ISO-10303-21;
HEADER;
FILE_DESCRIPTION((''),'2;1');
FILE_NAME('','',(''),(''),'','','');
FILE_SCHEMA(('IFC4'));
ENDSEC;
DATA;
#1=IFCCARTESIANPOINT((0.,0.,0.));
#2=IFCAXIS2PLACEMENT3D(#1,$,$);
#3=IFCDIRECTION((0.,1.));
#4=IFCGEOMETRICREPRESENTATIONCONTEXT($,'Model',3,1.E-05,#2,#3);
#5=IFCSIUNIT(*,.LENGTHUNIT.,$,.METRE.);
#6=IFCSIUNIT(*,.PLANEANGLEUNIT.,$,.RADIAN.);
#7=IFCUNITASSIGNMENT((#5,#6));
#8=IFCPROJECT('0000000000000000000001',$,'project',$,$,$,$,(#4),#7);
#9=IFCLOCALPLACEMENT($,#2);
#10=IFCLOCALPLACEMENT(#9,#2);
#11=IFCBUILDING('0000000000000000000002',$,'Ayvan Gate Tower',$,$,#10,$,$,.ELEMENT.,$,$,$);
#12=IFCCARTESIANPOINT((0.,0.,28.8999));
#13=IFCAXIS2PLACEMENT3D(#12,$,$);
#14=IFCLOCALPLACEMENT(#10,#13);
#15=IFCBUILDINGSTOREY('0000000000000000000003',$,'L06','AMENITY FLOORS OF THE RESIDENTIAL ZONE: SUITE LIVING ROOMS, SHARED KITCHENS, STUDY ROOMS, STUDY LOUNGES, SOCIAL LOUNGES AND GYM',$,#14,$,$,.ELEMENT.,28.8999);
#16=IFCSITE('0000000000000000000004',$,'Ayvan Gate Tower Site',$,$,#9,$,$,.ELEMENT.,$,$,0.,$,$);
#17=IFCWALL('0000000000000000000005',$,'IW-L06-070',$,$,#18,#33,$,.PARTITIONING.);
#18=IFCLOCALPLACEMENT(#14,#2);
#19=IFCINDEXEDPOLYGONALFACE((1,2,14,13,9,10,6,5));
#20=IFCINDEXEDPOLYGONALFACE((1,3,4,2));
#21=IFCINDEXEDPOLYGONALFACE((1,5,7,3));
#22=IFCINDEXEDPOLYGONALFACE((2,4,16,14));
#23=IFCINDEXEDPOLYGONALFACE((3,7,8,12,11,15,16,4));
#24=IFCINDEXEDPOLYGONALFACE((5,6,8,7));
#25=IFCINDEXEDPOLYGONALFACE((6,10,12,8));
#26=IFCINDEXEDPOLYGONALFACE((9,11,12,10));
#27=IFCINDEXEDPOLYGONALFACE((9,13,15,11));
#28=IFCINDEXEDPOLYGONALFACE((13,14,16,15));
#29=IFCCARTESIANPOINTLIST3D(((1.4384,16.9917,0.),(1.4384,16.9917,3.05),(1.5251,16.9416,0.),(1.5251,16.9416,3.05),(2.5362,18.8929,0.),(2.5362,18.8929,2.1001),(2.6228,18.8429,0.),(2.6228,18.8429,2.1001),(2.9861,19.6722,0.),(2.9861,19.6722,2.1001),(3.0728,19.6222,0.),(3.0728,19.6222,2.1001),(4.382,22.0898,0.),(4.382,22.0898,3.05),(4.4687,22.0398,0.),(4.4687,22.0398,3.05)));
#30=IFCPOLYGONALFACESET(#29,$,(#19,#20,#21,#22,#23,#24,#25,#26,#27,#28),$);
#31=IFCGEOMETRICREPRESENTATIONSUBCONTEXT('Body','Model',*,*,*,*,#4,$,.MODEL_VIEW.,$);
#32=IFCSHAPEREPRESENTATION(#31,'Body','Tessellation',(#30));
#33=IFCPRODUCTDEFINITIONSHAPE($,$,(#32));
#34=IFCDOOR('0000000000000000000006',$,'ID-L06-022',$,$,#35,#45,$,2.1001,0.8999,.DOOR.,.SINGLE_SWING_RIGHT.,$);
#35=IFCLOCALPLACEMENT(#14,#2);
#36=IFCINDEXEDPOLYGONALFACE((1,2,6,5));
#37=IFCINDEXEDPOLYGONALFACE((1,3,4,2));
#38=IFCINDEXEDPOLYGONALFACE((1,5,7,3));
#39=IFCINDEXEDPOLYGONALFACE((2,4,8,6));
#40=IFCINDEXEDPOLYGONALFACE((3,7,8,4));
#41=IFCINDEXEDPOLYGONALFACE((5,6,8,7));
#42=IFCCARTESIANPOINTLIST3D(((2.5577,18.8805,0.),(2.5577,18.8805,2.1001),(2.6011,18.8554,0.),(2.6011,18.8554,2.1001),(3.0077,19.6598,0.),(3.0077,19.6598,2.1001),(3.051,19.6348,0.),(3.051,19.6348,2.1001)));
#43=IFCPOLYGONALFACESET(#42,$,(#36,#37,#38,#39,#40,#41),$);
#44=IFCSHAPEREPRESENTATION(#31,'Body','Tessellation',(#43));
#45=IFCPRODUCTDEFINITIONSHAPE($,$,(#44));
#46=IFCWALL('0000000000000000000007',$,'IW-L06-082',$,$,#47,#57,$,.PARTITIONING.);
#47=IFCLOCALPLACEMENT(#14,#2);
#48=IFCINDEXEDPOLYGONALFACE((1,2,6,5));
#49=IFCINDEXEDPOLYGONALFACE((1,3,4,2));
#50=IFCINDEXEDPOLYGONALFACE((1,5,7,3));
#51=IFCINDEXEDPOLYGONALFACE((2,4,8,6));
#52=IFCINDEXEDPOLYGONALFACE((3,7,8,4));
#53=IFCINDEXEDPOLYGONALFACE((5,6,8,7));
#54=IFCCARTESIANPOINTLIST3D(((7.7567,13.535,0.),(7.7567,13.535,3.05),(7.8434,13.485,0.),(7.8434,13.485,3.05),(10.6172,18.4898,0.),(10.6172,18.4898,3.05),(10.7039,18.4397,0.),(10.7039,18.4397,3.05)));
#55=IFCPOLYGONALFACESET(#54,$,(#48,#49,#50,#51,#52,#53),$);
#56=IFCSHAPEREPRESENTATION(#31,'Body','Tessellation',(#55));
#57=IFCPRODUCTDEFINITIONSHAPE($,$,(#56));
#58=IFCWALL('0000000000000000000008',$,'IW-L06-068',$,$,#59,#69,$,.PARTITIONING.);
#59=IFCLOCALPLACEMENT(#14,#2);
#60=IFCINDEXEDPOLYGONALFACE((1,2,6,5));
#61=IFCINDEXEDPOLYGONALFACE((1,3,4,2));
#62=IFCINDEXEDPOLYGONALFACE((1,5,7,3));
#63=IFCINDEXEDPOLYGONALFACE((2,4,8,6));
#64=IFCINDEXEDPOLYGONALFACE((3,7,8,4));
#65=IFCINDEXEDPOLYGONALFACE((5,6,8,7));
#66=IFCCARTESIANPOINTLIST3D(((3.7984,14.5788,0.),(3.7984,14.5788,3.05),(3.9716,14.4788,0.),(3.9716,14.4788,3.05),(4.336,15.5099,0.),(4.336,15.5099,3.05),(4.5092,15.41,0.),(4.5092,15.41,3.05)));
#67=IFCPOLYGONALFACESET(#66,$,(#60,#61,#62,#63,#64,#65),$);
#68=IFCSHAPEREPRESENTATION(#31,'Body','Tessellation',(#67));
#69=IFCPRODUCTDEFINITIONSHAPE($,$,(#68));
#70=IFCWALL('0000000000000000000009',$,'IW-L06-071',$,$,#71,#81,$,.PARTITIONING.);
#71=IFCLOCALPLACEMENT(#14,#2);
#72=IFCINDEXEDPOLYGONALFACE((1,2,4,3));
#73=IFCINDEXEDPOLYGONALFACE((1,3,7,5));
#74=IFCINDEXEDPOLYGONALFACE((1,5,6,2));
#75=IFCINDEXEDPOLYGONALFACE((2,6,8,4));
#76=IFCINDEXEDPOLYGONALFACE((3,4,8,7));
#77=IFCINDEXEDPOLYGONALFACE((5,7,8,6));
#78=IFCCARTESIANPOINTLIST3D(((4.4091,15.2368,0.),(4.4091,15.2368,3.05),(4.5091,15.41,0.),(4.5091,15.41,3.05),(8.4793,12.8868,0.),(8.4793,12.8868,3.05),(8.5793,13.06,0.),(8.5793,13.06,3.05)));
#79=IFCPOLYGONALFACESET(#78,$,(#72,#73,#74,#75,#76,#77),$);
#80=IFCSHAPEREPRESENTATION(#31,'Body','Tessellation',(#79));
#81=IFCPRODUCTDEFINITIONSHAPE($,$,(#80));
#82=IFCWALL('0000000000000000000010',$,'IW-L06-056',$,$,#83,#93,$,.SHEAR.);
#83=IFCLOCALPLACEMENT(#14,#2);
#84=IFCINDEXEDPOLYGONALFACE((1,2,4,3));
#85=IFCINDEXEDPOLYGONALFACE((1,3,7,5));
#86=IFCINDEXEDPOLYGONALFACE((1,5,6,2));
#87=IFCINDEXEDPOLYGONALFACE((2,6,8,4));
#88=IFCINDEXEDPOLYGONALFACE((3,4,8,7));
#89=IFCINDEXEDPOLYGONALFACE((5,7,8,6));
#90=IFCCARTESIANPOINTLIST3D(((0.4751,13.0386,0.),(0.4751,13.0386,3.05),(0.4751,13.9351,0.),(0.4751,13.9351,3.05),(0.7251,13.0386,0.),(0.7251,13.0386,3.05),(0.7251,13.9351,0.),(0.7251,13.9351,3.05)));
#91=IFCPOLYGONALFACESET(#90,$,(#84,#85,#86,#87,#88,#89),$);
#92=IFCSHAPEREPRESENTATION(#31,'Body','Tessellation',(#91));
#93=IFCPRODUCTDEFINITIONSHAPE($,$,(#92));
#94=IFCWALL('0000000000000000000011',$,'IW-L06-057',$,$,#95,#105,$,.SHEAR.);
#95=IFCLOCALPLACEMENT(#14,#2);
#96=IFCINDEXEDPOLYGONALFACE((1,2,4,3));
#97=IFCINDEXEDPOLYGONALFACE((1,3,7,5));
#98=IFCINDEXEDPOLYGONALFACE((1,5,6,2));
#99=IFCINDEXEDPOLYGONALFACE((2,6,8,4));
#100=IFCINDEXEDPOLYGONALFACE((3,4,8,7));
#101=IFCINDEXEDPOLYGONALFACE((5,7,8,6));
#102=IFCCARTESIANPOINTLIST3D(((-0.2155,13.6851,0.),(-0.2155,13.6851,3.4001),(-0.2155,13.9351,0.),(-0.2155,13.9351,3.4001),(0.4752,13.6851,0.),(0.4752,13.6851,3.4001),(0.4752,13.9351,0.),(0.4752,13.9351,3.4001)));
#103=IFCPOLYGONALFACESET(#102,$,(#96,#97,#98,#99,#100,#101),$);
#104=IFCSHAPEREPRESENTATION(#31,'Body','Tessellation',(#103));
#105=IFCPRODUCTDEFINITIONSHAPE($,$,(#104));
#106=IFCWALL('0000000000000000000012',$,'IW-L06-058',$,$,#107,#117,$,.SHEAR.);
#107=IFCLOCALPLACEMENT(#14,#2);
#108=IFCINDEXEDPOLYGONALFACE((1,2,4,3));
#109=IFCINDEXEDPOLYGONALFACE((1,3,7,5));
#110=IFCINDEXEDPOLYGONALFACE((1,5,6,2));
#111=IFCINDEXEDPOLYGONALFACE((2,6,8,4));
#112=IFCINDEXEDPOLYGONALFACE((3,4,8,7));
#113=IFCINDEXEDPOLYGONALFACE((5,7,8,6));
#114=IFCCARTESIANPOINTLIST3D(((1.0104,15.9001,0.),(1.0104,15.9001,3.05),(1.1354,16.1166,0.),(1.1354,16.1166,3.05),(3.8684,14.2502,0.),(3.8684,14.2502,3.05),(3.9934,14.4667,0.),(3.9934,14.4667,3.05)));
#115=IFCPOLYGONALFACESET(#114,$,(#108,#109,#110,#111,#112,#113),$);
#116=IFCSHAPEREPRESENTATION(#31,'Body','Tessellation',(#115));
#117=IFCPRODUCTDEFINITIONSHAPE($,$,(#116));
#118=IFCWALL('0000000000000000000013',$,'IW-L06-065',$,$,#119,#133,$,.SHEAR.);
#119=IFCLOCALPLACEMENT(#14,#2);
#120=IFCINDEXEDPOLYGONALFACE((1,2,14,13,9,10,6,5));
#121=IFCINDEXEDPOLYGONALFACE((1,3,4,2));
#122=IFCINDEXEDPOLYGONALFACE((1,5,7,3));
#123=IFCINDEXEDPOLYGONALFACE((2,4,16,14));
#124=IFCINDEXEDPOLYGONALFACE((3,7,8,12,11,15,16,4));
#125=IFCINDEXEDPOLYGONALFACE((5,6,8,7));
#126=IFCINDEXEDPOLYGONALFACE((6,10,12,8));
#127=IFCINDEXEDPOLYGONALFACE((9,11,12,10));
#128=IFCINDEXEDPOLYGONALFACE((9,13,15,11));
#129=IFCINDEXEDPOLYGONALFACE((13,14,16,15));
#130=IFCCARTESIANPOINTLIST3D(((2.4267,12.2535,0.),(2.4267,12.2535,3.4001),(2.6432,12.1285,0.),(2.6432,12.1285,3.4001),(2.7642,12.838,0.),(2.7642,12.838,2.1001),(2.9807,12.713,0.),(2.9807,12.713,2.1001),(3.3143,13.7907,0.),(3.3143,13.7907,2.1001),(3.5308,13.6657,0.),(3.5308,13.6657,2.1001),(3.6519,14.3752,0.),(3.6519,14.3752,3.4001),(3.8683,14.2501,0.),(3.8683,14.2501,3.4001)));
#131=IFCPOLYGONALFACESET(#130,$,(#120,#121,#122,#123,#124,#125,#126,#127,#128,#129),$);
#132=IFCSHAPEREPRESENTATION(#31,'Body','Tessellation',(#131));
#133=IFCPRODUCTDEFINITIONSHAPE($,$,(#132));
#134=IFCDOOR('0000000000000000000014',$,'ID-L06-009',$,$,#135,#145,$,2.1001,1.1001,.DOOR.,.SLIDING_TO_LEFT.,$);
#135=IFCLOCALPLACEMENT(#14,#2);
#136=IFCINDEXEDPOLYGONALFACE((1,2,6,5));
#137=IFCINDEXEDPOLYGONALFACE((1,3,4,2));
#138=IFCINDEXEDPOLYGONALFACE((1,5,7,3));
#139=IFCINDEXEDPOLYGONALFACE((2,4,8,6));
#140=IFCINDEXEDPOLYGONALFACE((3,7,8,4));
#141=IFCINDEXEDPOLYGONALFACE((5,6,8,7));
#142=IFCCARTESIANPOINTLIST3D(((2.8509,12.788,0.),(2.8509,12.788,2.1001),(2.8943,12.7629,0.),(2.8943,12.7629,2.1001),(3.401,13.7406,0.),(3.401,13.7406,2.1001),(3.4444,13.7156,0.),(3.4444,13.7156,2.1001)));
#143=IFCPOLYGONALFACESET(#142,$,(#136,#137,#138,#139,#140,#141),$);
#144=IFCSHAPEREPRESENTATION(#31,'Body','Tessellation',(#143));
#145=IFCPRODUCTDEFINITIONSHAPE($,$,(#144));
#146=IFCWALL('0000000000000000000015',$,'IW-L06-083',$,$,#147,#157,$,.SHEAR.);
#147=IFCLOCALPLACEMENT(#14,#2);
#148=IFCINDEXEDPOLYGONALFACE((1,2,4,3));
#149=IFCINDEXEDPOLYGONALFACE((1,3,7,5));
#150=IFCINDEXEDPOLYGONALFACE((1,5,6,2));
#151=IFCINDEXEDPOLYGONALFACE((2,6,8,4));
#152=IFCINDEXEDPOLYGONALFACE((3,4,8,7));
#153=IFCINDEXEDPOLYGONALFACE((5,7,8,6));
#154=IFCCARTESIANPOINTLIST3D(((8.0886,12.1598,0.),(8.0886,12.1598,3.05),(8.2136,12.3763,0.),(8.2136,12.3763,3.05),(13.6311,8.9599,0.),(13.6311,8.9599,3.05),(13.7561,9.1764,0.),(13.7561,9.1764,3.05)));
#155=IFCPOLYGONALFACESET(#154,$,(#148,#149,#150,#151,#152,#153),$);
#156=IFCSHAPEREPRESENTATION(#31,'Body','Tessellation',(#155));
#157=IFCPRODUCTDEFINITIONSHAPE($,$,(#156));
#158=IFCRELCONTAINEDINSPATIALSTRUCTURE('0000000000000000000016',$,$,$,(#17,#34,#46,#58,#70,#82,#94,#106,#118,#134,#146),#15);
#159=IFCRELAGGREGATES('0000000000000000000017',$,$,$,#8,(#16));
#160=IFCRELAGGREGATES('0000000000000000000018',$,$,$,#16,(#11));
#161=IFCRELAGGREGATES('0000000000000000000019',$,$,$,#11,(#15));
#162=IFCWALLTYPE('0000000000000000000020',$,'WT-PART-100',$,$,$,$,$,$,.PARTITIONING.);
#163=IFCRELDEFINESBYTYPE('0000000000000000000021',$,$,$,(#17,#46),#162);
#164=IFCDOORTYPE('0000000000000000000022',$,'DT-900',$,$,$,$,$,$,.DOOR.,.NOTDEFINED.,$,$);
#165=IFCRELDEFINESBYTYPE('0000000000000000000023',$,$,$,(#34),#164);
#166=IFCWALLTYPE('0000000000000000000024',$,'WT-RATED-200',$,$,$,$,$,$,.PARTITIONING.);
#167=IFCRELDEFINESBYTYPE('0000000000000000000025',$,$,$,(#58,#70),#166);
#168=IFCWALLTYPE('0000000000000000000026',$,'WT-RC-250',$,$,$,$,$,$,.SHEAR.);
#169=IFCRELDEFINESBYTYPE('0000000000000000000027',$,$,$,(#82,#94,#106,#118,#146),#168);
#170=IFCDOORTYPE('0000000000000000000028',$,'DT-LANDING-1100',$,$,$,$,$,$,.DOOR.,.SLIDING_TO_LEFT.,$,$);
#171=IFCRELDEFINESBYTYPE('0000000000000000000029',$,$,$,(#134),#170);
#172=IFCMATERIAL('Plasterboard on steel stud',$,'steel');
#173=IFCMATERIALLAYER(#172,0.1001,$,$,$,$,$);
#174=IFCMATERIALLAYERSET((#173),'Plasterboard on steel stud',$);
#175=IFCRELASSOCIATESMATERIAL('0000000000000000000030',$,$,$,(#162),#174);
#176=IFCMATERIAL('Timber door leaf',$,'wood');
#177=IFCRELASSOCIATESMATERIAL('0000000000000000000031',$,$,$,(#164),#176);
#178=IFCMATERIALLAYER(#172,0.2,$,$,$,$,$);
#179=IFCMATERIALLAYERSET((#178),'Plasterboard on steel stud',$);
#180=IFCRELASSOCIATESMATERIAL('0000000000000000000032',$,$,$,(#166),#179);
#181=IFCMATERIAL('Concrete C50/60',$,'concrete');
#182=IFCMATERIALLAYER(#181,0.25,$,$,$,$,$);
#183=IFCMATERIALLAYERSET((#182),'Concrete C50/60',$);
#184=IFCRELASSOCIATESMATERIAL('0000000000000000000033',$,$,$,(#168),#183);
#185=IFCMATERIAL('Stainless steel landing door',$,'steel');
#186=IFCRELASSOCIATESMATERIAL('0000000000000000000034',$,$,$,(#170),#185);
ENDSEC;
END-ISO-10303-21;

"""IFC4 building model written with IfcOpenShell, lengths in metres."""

from ifc_helpers import new_model, si_unit, direction, frame, frame_2d, origin, place, context, subcontext, project, spatial, rectangle, extrude, material, layer, layer_set, type_object, element, fill, save


model = new_model("IFC4")

# Units and contexts
model_context = context("Model", 3, precision=1e-05, world=origin(), true_north=direction((0.0, 1.0)))
body_context = subcontext(model_context, "Body", "Model", "MODEL_VIEW")
ifc_project = project(units=[si_unit("LENGTHUNIT", "METRE"), si_unit("PLANEANGLEUNIT", "RADIAN")], contexts=[model_context])

# Site, building, storey
site_placement = place(None, origin())
site = spatial("IfcSite", under=ifc_project, at=site_placement, Name="Ayvan Gate Tower Site", CompositionType="ELEMENT", RefElevation=0.0)
building_placement = place(site_placement, origin())
building = spatial("IfcBuilding", under=site, at=building_placement, Name="Ayvan Gate Tower", CompositionType="ELEMENT")
storey_placement = place(building_placement, frame((0.0, 0.0, 28.8999)))
storey = spatial("IfcBuildingStorey", under=building, at=storey_placement, Name="L06", Description="AMENITY FLOORS OF THE RESIDENTIAL ZONE: SUITE LIVING ROOMS, SHARED KITCHENS, STUDY ROOMS, STUDY LOUNGES, SOCIAL LOUNGES AND GYM", CompositionType="ELEMENT", Elevation=28.8999)

# Shared definitions
ifc_material_1 = material(Name="Plasterboard on steel stud", Category="steel")

# Wall, opening, door
ifc_layer_1 = layer(ifc_material_1, 0.1001)
ifc_layer_set_1 = layer_set([ifc_layer_1], Name="Plasterboard on steel stud")
wall_type_1 = type_object("IfcWallType", Name="WT-PART-100", PredefinedType="PARTITIONING", material=ifc_layer_set_1)
wall_1_placement = place(storey_placement, frame((4.4253, 22.0647, 0.0), z_axis=(0.0, 0.0, 1.0), x_axis=(-0.500024, -0.866012, 0.0)))
wall_1 = element("IfcWall", 1, at=wall_1_placement, inside=storey, type_object=wall_type_1, Name="IW-L06-070", PredefinedType="PARTITIONING", context=body_context, shape_type="SweptSolid", body=[
    extrude(rectangle(XDim=5.887, YDim=0.1001, at=frame_2d((2.9434, 0.0))), origin(), (0.0, 0.0, 1.0), 3.05),
])
opening_1_placement = place(wall_1_placement, frame((2.7915, 0.0, 0.0)))
opening_1 = element("IfcOpeningElement", 2, at=opening_1_placement, cuts=wall_1, PredefinedType="OPENING", context=body_context, shape_type="SweptSolid", body=[
    extrude(rectangle(XDim=0.8999, YDim=2.1001, at=frame_2d((0.45, 1.05))), frame((0.0, 0.0601, 0.0), z_axis=(0.0, -1.0, 0.0), x_axis=(1.0, 0.0, 0.0)), (0.0, 0.0, 1.0), 0.1201),
])
ifc_material_2 = material(Name="Timber door leaf", Category="wood")
door_type_1 = type_object("IfcDoorType", Name="DT-900", OperationType="NOTDEFINED", PredefinedType="DOOR", material=ifc_material_2)
door_1_placement = place(opening_1_placement, origin())
door_1 = element("IfcDoor", 3, at=door_1_placement, inside=storey, type_object=door_type_1, Name="ID-L06-022", OperationType="SINGLE_SWING_RIGHT", OverallHeight=2.1001, OverallWidth=0.8999, PredefinedType="DOOR", context=body_context, shape_type="SweptSolid", body=[
    extrude(rectangle(XDim=0.8999, YDim=2.1001, at=frame_2d((0.45, 1.05))), frame((0.0, 0.0249, 0.0), z_axis=(0.0, -1.0, 0.0), x_axis=(1.0, 0.0, 0.0)), (0.0, 0.0, 1.0), 0.05),
])
fill(opening_1, door_1)

# Walls
wall_2_placement = place(storey_placement, frame((7.8, 13.51, 0.0), z_axis=(0.0, 0.0, 1.0), x_axis=(0.49999, 0.866031, 0.0)))
element("IfcWall", 4, at=wall_2_placement, inside=storey, type_object=wall_type_1, Name="IW-L06-082", PredefinedType="PARTITIONING", context=body_context, shape_type="SweptSolid", body=[
    extrude(rectangle(XDim=5.7212, YDim=0.1001, at=frame_2d((2.8606, 0.0))), origin(), (0.0, 0.0, 1.0), 3.05),
])
ifc_layer_2 = layer(ifc_material_1, 0.2)
ifc_layer_set_2 = layer_set([ifc_layer_2], Name="Plasterboard on steel stud")
wall_type_2 = type_object("IfcWallType", Name="WT-RATED-200", PredefinedType="PARTITIONING", material=ifc_layer_set_2)
wall_3_placement = place(storey_placement, frame((3.885, 14.5288, 0.0), z_axis=(0.0, 0.0, 1.0), x_axis=(0.499998, 0.866027, 0.0)))
element("IfcWall", 5, at=wall_3_placement, inside=storey, type_object=wall_type_2, Name="IW-L06-068", PredefinedType="PARTITIONING", context=body_context, shape_type="SweptSolid", body=[
    extrude(rectangle(XDim=1.0752, YDim=0.2, at=frame_2d((0.5376, 0.0))), origin(), (0.0, 0.0, 1.0), 3.05),
])
wall_4_placement = place(storey_placement, frame((4.459, 15.3235, 0.0), z_axis=(0.0, 0.0, 1.0), x_axis=(0.866016, -0.500016, 0.0)))
element("IfcWall", 6, at=wall_4_placement, inside=storey, type_object=wall_type_2, Name="IW-L06-071", PredefinedType="PARTITIONING", context=body_context, shape_type="SweptSolid", body=[
    extrude(rectangle(XDim=4.7, YDim=0.2, at=frame_2d((2.3501, 0.0))), origin(), (0.0, 0.0, 1.0), 3.05),
])
ifc_material_3 = material(Name="Concrete C50/60", Category="concrete")
ifc_layer_3 = layer(ifc_material_3, 0.25)
ifc_layer_set_3 = layer_set([ifc_layer_3], Name="Concrete C50/60")
wall_type_3 = type_object("IfcWallType", Name="WT-RC-250", PredefinedType="SHEAR", material=ifc_layer_set_3)
wall_5_placement = place(storey_placement, frame((0.6001, 13.0386, 0.0), z_axis=(0.0, 0.0, 1.0), x_axis=(0.0, 1.0, 0.0)))
element("IfcWall", 7, at=wall_5_placement, inside=storey, type_object=wall_type_3, Name="IW-L06-056", PredefinedType="SHEAR", context=body_context, shape_type="SweptSolid", body=[
    extrude(rectangle(XDim=0.8965, YDim=0.25, at=frame_2d((0.4482, 0.0))), origin(), (0.0, 0.0, 1.0), 3.05),
])
wall_6_placement = place(storey_placement, frame((0.4751, 13.8101, 0.0), z_axis=(0.0, 0.0, 1.0), x_axis=(-1.0, 0.0, 0.0)))
element("IfcWall", 8, at=wall_6_placement, inside=storey, type_object=wall_type_3, Name="IW-L06-057", PredefinedType="SHEAR", context=body_context, shape_type="SweptSolid", body=[
    extrude(rectangle(XDim=0.6907, YDim=0.25, at=frame_2d((0.3452, 0.0))), origin(), (0.0, 0.0, 1.0), 3.4001),
])
wall_7_placement = place(storey_placement, frame((1.073, 16.0083, 0.0), z_axis=(0.0, 0.0, 1.0), x_axis=(0.86604, -0.499974, 0.0)))
element("IfcWall", 9, at=wall_7_placement, inside=storey, type_object=wall_type_3, Name="IW-L06-058", PredefinedType="SHEAR", context=body_context, shape_type="SweptSolid", body=[
    extrude(rectangle(XDim=3.3, YDim=0.25, at=frame_2d((1.6499, 0.0))), origin(), (0.0, 0.0, 1.0), 3.05),
])

# Wall, opening, door
wall_8_placement = place(storey_placement, frame((2.5349, 12.1909, 0.0), z_axis=(0.0, 0.0, 1.0), x_axis=(0.500062, 0.86599, 0.0)))
wall_8 = element("IfcWall", 10, at=wall_8_placement, inside=storey, type_object=wall_type_3, Name="IW-L06-065", PredefinedType="SHEAR", context=body_context, shape_type="SweptSolid", body=[
    extrude(rectangle(XDim=2.45, YDim=0.25, at=frame_2d((1.2251, 0.0))), origin(), (0.0, 0.0, 1.0), 3.4001),
])
opening_2_placement = place(wall_8_placement, frame((0.675, 0.0, 0.0)))
opening_2 = element("IfcOpeningElement", 11, at=opening_2_placement, cuts=wall_8, PredefinedType="OPENING", context=body_context, shape_type="SweptSolid", body=[
    extrude(rectangle(XDim=1.1001, YDim=2.1001, at=frame_2d((0.55, 1.05))), frame((0.0, 0.135, 0.0), z_axis=(0.0, -1.0, 0.0), x_axis=(1.0, 0.0, 0.0)), (0.0, 0.0, 1.0), 0.27),
])
ifc_material_4 = material(Name="Stainless steel landing door", Category="steel")
door_type_2 = type_object("IfcDoorType", Name="DT-LANDING-1100", OperationType="SLIDING_TO_LEFT", PredefinedType="DOOR", material=ifc_material_4)
door_2_placement = place(opening_2_placement, origin())
door_2 = element("IfcDoor", 12, at=door_2_placement, inside=storey, type_object=door_type_2, Name="ID-L06-009", OperationType="SLIDING_TO_LEFT", OverallHeight=2.1001, OverallWidth=1.1001, PredefinedType="DOOR", context=body_context, shape_type="SweptSolid", body=[
    extrude(rectangle(XDim=1.1001, YDim=2.1001, at=frame_2d((0.55, 1.05))), frame((0.0, 0.0249, 0.0), z_axis=(0.0, -1.0, 0.0), x_axis=(1.0, 0.0, 0.0)), (0.0, 0.0, 1.0), 0.05),
])
fill(opening_2, door_2)

# Wall
wall_9_placement = place(storey_placement, frame((8.1511, 12.2681, 0.0), z_axis=(0.0, 0.0, 1.0), x_axis=(0.866025, -0.5, 0.0)))
element("IfcWall", 13, at=wall_9_placement, inside=storey, type_object=wall_type_3, Name="IW-L06-083", PredefinedType="SHEAR", context=body_context, shape_type="SweptSolid", body=[
    extrude(rectangle(XDim=6.3999, YDim=0.25, at=frame_2d((3.2, 0.0))), origin(), (0.0, 0.0, 1.0), 3.05),
])

save(model, "model.ifc")
